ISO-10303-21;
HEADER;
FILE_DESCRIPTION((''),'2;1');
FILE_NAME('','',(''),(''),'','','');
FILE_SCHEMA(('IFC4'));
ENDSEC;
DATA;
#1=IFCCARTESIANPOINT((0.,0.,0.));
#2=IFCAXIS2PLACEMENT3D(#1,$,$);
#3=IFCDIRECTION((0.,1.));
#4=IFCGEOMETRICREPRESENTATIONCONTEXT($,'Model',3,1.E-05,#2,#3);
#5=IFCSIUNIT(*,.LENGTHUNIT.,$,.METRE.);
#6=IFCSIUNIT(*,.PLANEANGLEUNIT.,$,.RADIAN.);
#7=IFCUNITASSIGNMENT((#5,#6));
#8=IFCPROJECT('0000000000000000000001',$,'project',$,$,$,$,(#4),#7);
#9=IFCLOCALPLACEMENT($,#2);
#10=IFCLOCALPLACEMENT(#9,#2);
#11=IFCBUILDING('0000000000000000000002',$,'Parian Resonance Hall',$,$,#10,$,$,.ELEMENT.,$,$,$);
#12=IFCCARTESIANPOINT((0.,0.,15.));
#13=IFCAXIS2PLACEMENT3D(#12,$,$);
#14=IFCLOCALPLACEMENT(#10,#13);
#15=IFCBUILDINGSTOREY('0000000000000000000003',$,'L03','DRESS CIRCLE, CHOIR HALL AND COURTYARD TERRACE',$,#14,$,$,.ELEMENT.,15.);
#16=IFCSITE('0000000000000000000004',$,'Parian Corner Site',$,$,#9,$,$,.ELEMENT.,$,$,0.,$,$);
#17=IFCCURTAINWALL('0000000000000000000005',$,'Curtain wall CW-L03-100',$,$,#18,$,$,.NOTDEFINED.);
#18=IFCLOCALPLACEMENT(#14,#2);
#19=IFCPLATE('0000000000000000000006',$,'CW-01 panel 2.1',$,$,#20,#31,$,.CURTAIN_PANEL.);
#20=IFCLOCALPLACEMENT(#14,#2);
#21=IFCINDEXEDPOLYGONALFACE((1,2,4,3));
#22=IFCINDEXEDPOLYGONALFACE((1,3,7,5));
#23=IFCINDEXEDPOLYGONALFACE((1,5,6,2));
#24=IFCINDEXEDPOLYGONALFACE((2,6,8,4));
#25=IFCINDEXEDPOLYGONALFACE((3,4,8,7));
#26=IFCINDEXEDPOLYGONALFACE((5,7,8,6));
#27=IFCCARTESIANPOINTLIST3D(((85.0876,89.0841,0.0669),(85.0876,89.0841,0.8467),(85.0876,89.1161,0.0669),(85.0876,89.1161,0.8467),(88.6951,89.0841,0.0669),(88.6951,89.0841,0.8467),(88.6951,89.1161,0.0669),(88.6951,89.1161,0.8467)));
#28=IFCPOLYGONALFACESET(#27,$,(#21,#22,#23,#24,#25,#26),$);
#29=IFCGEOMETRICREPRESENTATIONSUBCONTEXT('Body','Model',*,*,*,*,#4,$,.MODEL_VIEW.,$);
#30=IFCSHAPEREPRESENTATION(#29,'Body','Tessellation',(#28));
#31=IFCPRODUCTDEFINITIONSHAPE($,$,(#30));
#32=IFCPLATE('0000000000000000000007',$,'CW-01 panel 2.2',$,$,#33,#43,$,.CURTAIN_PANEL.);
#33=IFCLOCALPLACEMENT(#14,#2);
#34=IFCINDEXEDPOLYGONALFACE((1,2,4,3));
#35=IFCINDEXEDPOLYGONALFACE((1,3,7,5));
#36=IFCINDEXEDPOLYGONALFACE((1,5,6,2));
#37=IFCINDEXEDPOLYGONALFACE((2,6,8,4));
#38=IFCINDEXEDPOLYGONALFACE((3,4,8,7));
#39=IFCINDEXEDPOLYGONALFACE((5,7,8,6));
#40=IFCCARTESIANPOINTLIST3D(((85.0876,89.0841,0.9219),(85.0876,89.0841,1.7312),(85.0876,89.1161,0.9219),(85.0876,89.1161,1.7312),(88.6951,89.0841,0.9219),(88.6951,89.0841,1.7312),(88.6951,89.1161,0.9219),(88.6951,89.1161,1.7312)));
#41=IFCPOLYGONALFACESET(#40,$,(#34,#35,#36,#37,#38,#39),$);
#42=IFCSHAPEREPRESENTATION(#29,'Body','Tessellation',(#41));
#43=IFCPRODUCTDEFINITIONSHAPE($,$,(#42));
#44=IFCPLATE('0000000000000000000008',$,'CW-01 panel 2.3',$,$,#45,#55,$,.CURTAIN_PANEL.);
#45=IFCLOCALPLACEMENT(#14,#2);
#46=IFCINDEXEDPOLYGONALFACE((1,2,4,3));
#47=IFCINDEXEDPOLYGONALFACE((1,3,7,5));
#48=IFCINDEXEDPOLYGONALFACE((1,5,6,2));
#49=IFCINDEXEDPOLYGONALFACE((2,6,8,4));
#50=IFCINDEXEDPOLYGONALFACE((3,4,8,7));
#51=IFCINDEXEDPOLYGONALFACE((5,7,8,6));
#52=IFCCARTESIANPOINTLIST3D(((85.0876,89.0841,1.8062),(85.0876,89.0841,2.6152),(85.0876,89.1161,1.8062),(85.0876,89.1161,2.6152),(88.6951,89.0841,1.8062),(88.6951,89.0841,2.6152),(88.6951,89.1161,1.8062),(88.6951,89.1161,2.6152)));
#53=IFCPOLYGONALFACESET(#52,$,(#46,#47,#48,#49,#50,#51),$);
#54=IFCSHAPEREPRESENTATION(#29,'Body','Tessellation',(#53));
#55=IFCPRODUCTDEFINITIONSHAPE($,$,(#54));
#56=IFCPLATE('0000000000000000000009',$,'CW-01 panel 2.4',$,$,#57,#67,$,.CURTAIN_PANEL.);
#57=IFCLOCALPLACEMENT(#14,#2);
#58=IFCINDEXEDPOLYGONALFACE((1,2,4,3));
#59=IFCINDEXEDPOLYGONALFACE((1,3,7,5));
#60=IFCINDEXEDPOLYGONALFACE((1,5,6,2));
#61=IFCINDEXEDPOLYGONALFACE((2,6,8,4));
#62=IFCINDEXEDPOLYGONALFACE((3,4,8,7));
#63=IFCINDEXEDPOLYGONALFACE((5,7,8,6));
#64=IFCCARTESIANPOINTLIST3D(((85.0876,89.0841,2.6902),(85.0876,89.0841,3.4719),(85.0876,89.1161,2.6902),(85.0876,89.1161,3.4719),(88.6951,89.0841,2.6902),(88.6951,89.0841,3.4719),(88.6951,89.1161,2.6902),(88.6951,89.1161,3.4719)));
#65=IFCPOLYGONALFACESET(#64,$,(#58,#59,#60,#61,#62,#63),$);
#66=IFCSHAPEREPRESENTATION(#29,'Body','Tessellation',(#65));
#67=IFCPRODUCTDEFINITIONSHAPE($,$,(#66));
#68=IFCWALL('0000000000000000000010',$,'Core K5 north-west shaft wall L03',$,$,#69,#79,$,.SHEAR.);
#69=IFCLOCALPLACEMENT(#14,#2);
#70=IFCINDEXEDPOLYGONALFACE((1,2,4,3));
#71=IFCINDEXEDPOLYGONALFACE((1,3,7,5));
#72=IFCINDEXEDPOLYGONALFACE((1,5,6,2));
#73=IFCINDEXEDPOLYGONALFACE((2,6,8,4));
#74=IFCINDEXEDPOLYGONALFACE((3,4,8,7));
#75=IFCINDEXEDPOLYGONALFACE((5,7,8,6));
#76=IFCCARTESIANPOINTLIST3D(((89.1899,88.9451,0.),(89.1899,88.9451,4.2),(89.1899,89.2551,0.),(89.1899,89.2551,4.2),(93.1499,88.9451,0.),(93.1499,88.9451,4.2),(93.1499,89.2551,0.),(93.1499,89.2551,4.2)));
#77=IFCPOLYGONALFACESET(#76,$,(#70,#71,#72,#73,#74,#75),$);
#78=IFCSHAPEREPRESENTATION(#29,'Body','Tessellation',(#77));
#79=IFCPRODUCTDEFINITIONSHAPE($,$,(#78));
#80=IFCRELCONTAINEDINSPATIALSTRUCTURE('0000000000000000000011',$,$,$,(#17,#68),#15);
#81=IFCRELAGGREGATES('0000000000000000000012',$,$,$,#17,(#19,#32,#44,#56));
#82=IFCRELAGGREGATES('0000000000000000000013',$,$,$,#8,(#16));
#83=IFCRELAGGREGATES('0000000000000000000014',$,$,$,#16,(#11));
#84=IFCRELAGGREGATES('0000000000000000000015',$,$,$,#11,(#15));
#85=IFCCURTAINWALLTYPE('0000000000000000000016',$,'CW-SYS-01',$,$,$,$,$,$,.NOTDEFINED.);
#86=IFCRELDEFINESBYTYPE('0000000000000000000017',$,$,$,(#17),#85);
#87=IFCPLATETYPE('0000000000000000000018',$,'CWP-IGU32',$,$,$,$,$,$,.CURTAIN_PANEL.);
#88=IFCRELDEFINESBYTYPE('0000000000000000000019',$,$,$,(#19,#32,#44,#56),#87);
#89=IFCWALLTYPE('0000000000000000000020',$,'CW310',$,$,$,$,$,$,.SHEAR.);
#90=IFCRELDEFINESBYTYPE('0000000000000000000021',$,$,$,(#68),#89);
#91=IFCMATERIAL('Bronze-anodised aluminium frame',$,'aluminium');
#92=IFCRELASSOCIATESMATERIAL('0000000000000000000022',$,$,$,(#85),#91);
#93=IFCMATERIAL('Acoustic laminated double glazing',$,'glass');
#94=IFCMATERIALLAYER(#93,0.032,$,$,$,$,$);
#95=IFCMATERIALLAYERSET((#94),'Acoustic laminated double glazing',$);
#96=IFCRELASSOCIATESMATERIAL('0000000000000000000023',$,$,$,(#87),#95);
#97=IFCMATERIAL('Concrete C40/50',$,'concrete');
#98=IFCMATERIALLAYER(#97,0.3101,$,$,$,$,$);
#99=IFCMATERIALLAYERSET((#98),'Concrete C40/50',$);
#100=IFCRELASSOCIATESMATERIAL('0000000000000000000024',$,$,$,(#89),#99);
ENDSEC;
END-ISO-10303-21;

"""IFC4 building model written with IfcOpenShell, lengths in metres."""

from ifc_helpers import new_model, si_unit, direction, frame, frame_2d, origin, origin_2d, place, context, subcontext, project, spatial, rectangle, extrude, material, layer, layer_set, type_object, element, aggregate, save


model = new_model("IFC4")

# Units and contexts
model_context = context("Model", 3, precision=1e-05, world=origin(), true_north=direction((0.0, 1.0)))
body_context = subcontext(model_context, "Body", "Model", "MODEL_VIEW")
ifc_project = project(units=[si_unit("LENGTHUNIT", "METRE"), si_unit("PLANEANGLEUNIT", "RADIAN")], contexts=[model_context])

# Site, building, storey
site_placement = place(None, origin())
site = spatial("IfcSite", under=ifc_project, at=site_placement, Name="Parian Corner Site", CompositionType="ELEMENT", RefElevation=0.0)
building_placement = place(site_placement, origin())
building = spatial("IfcBuilding", under=site, at=building_placement, Name="Parian Resonance Hall", CompositionType="ELEMENT")
storey_placement = place(building_placement, frame((0.0, 0.0, 15.0)))
storey = spatial("IfcBuildingStorey", under=building, at=storey_placement, Name="L03", Description="DRESS CIRCLE, CHOIR HALL AND COURTYARD TERRACE", CompositionType="ELEMENT", Elevation=15.0)

# Curtain wall, plates
ifc_material_1 = material(Name="Bronze-anodised aluminium frame", Category="aluminium")
curtain_wall_type = type_object("IfcCurtainWallType", Name="CW-SYS-01", PredefinedType="NOTDEFINED", material=ifc_material_1)
curtain_wall_placement = place(storey_placement, origin())
curtain_wall = element("IfcCurtainWall", 1, at=curtain_wall_placement, inside=storey, type_object=curtain_wall_type, Name="Curtain wall CW-L03-100", PredefinedType="NOTDEFINED")
ifc_material_2 = material(Name="Acoustic laminated double glazing", Category="glass")
ifc_layer_1 = layer(ifc_material_2, 0.032)
ifc_layer_set_1 = layer_set([ifc_layer_1], Name="Acoustic laminated double glazing")
plate_type = type_object("IfcPlateType", Name="CWP-IGU32", PredefinedType="CURTAIN_PANEL", material=ifc_layer_set_1)
plate_1_placement = place(storey_placement, frame((86.8914, 89.1001, 0.0669), z_axis=(0.0, 0.0, 1.0), x_axis=(1.0, 0.0, 0.0)))
plate_1 = element("IfcPlate", 2, at=plate_1_placement, type_object=plate_type, Name="CW-01 panel 2.1", PredefinedType="CURTAIN_PANEL", context=body_context, shape_type="SweptSolid", body=[
    extrude(rectangle(XDim=3.6074, YDim=0.032, at=origin_2d()), origin(), (0.0, 0.0, 1.0), 0.7798),
])
plate_2_placement = place(storey_placement, frame((86.8914, 89.1001, 0.9219), z_axis=(0.0, 0.0, 1.0), x_axis=(1.0, 0.0, 0.0)))
plate_2 = element("IfcPlate", 3, at=plate_2_placement, type_object=plate_type, Name="CW-01 panel 2.2", PredefinedType="CURTAIN_PANEL", context=body_context, shape_type="SweptSolid", body=[
    extrude(rectangle(XDim=3.6074, YDim=0.032, at=origin_2d()), origin(), (0.0, 0.0, 1.0), 0.8093),
])
plate_3_placement = place(storey_placement, frame((86.8914, 89.1001, 1.8062), z_axis=(0.0, 0.0, 1.0), x_axis=(1.0, 0.0, 0.0)))
plate_3 = element("IfcPlate", 4, at=plate_3_placement, type_object=plate_type, Name="CW-01 panel 2.3", PredefinedType="CURTAIN_PANEL", context=body_context, shape_type="SweptSolid", body=[
    extrude(rectangle(XDim=3.6074, YDim=0.032, at=origin_2d()), origin(), (0.0, 0.0, 1.0), 0.8091),
])
plate_4_placement = place(storey_placement, frame((86.8914, 89.1001, 2.6902), z_axis=(0.0, 0.0, 1.0), x_axis=(1.0, 0.0, 0.0)))
plate_4 = element("IfcPlate", 5, at=plate_4_placement, type_object=plate_type, Name="CW-01 panel 2.4", PredefinedType="CURTAIN_PANEL", context=body_context, shape_type="SweptSolid", body=[
    extrude(rectangle(XDim=3.6074, YDim=0.032, at=origin_2d()), origin(), (0.0, 0.0, 1.0), 0.7817),
])
aggregate(curtain_wall, [plate_1, plate_2, plate_3, plate_4])

# Wall
ifc_material_3 = material(Name="Concrete C40/50", Category="concrete")
ifc_layer_2 = layer(ifc_material_3, 0.3101)
ifc_layer_set_2 = layer_set([ifc_layer_2], Name="Concrete C40/50")
wall_type = type_object("IfcWallType", Name="CW310", PredefinedType="SHEAR", material=ifc_layer_set_2)
wall_placement = place(storey_placement, frame((89.1899, 89.1001, 0.0), z_axis=(0.0, 0.0, 1.0), x_axis=(1.0, 0.0, 0.0)))
element("IfcWall", 6, at=wall_placement, inside=storey, type_object=wall_type, Name="Core K5 north-west shaft wall L03", PredefinedType="SHEAR", context=body_context, shape_type="SweptSolid", body=[
    extrude(rectangle(XDim=3.96, YDim=0.3101, at=frame_2d((1.98, 0.0))), origin(), (0.0, 0.0, 1.0), 4.2),
])

save(model, "model.ifc")
